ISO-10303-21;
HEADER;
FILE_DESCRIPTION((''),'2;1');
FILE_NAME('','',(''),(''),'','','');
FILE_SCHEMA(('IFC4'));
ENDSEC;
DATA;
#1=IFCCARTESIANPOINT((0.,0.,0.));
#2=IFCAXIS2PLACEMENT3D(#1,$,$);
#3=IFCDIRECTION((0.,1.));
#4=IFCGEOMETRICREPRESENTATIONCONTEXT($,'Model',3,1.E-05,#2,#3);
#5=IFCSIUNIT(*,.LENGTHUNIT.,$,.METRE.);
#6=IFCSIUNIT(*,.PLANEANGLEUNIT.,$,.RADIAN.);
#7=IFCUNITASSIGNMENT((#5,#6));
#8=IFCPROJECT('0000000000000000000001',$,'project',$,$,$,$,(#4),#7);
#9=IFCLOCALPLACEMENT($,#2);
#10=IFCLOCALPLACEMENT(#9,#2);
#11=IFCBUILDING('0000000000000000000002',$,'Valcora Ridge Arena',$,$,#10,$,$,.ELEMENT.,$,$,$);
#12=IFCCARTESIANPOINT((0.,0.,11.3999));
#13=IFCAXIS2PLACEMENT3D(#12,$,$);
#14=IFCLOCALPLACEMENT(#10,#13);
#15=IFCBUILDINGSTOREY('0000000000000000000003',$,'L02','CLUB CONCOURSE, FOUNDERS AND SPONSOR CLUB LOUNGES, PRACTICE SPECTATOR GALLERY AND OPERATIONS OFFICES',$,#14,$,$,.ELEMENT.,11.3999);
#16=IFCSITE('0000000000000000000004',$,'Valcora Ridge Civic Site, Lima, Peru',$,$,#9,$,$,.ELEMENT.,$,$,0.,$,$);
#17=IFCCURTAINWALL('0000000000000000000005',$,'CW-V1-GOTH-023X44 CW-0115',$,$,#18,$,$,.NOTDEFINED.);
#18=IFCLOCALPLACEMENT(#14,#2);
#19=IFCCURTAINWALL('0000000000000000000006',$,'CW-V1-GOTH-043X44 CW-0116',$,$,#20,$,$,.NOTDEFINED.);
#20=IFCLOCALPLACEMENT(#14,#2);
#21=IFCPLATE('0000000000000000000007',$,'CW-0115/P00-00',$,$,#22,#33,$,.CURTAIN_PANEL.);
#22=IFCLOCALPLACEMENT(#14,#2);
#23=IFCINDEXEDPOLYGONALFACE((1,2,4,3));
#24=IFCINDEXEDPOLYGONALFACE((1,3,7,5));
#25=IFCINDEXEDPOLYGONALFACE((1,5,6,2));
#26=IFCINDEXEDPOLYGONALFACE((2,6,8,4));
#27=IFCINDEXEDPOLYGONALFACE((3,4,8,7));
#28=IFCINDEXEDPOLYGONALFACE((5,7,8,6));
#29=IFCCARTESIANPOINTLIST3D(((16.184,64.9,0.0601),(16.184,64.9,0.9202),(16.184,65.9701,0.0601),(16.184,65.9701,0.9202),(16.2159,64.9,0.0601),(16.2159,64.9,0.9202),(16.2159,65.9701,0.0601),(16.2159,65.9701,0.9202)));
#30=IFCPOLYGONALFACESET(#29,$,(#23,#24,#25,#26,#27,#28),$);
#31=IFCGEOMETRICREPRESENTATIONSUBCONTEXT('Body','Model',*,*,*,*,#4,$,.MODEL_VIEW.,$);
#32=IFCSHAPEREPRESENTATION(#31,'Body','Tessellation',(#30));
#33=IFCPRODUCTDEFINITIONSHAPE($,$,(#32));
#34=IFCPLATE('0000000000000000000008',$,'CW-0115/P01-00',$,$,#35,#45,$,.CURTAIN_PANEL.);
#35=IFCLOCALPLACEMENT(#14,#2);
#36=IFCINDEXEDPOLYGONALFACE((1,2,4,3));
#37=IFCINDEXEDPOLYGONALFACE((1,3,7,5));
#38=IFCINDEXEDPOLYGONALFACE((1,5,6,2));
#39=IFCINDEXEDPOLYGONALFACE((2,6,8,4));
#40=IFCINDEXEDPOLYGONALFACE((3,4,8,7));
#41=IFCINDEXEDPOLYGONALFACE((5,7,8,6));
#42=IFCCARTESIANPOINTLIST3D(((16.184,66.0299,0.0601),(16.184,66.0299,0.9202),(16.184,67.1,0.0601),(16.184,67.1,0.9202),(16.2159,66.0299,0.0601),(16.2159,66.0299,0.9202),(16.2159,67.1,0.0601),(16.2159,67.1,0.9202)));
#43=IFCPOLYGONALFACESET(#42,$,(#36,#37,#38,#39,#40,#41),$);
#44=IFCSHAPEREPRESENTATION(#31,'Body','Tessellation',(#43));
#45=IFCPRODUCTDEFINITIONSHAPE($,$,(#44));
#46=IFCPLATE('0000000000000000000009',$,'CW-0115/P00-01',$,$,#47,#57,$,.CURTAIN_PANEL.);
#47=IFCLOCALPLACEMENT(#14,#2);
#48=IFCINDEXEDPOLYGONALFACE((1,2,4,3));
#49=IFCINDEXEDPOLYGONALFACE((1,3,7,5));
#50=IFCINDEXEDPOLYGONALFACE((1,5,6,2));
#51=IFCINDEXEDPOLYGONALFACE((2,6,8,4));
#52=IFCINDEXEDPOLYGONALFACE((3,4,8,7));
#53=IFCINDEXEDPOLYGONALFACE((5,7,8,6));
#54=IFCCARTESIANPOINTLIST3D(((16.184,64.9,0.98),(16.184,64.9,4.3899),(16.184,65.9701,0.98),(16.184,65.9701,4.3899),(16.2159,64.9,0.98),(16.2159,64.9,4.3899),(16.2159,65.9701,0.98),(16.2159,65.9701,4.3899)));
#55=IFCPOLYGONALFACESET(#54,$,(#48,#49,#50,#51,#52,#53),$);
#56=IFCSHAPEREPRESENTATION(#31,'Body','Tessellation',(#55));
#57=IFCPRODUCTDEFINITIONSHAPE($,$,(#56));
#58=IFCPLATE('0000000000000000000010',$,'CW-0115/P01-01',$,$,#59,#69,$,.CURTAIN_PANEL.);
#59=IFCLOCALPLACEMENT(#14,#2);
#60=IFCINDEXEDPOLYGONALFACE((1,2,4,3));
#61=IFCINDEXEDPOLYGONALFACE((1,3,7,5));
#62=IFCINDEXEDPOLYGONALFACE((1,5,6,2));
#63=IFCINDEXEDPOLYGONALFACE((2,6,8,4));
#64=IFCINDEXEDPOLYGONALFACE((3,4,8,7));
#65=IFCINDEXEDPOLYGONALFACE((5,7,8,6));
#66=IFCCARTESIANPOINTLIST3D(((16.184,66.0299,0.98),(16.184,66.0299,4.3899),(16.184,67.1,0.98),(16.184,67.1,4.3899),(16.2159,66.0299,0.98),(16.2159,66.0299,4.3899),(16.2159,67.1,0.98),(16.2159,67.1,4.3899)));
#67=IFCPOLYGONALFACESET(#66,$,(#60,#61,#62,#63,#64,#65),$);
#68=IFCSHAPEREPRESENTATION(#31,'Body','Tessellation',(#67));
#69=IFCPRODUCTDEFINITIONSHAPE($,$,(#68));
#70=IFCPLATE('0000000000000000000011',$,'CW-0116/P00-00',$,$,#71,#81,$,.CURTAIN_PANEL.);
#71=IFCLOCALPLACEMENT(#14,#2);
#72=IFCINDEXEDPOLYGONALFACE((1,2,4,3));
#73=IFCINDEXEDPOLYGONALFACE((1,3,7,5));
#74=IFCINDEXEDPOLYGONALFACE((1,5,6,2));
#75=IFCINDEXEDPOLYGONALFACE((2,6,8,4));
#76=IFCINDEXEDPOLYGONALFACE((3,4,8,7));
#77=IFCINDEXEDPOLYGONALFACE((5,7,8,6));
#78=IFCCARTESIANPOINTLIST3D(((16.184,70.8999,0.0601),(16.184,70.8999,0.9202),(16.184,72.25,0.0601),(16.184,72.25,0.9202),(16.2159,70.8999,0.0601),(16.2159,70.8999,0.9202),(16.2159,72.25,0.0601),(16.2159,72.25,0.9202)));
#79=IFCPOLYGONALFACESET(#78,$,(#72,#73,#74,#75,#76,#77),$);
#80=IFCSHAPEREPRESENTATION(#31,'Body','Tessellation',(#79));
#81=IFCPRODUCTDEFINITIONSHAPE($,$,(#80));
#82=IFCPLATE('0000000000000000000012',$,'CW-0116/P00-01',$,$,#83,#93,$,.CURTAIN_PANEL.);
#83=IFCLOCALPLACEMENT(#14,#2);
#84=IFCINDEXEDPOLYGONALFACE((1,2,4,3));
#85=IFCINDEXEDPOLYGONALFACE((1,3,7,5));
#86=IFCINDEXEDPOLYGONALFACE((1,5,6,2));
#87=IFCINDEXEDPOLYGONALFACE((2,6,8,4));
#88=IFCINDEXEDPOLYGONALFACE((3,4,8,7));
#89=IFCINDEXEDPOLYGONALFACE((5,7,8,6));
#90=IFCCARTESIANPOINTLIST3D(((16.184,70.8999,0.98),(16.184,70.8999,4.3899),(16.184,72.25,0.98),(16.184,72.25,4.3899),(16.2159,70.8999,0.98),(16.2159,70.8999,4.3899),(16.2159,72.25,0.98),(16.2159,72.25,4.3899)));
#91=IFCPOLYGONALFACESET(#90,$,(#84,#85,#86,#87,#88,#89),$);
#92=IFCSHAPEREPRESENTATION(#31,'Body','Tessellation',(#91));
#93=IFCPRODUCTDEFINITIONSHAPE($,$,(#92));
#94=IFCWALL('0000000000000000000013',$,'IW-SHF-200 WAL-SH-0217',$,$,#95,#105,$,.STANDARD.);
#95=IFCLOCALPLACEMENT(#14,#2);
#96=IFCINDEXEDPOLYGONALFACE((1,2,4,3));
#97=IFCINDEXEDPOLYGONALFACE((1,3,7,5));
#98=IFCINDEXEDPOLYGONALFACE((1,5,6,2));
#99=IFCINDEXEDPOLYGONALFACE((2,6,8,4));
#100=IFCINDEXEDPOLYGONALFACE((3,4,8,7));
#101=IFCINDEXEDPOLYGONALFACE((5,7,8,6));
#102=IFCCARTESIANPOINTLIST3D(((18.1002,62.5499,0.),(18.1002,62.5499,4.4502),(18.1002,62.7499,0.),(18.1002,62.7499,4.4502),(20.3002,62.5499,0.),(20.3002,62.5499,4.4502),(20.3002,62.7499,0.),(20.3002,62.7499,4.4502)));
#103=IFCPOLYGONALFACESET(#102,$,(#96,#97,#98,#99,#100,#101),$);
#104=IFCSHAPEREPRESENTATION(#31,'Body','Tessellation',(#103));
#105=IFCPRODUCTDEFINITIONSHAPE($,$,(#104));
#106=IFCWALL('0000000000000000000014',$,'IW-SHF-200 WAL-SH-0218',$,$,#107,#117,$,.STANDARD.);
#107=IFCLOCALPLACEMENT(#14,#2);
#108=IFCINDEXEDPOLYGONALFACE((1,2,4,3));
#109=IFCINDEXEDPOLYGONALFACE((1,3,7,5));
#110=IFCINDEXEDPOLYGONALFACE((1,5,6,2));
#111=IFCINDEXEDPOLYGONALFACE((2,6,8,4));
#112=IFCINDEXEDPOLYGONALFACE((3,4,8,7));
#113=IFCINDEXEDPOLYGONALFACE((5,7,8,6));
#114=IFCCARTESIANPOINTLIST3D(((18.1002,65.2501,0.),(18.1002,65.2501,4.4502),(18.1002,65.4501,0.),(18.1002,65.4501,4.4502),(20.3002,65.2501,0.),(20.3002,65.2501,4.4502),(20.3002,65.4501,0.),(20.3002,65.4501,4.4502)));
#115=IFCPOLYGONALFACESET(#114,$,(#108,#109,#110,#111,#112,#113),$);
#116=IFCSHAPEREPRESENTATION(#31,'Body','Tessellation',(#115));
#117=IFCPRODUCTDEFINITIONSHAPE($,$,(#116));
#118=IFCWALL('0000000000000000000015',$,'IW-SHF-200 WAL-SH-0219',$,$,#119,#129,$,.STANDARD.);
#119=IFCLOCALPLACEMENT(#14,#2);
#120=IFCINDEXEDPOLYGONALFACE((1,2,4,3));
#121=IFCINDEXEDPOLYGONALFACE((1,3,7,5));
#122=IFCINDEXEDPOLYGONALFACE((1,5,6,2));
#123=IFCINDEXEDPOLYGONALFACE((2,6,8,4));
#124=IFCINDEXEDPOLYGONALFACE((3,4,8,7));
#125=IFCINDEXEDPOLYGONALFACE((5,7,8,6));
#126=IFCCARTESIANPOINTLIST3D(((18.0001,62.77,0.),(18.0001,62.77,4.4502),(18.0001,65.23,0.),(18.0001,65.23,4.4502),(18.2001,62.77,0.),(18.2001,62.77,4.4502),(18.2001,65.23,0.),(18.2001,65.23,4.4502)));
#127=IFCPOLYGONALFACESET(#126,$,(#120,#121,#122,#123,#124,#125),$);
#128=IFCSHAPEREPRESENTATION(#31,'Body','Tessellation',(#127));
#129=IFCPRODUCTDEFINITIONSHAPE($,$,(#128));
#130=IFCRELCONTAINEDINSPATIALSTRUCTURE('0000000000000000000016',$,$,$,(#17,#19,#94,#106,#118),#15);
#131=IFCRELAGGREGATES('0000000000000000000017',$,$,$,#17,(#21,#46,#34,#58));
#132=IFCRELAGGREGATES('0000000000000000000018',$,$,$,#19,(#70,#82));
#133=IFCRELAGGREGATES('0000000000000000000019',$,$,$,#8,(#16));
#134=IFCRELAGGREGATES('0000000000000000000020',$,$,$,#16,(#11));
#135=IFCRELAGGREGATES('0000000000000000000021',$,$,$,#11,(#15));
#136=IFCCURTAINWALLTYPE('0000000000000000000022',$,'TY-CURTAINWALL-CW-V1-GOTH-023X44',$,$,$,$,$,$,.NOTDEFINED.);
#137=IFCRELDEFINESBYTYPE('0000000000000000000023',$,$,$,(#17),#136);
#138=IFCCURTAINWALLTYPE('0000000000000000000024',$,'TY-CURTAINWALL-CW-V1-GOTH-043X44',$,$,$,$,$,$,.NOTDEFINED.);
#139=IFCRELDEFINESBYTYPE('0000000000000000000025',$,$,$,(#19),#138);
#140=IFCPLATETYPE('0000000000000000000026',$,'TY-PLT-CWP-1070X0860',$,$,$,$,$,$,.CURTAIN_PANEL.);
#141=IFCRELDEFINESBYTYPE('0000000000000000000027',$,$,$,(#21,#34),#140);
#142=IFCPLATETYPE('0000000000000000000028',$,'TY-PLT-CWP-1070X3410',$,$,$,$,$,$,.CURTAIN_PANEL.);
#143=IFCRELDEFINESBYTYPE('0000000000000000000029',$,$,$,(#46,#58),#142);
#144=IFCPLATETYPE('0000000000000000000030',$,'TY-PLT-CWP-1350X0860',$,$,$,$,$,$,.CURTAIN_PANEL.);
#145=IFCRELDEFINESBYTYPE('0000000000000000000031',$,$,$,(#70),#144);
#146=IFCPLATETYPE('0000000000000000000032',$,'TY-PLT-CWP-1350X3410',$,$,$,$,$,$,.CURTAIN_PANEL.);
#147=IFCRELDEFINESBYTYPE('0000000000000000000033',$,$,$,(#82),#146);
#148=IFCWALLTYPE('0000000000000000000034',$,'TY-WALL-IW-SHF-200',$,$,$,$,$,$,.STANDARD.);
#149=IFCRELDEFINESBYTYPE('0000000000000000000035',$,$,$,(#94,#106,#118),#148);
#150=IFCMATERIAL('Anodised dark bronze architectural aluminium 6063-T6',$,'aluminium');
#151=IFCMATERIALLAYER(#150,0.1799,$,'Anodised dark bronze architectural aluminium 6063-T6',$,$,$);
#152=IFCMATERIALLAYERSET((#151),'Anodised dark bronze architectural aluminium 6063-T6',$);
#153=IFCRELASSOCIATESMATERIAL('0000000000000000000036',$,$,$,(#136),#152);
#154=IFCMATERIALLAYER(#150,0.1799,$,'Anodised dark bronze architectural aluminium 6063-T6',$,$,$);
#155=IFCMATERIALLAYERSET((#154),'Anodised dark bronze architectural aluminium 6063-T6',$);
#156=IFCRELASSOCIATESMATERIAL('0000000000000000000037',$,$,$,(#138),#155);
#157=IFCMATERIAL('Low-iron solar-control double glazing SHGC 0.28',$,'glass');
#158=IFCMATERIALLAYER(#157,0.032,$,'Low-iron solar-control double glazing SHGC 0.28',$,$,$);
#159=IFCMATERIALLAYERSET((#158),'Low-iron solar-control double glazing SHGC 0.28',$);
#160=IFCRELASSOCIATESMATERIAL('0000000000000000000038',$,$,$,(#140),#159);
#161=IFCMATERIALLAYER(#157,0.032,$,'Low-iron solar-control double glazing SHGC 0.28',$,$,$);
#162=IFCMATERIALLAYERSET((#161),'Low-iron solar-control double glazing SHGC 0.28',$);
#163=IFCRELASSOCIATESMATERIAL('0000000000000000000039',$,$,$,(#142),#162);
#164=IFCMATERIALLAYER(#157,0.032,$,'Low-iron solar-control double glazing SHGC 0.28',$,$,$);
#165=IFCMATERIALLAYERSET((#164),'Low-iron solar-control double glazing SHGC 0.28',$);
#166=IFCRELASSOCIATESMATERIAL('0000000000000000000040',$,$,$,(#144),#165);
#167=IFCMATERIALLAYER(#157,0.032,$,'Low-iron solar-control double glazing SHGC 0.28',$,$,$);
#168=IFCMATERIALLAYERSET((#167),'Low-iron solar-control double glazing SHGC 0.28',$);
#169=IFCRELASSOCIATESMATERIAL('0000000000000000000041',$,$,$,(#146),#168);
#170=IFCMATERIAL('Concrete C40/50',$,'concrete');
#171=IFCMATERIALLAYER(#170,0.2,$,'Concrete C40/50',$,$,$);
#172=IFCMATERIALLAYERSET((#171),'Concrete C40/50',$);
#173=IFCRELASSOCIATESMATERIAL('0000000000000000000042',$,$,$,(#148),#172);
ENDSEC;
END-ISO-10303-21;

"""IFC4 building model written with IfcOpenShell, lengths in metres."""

from ifc_helpers import new_model, si_unit, direction, frame, frame_2d, origin, origin_2d, place, context, subcontext, project, spatial, rectangle, extrude, material, layer, layer_set, type_object, element, aggregate, save


model = new_model("IFC4")

# Units and contexts
model_context = context("Model", 3, precision=1e-05, world=origin(), true_north=direction((0.0, 1.0)))
body_context = subcontext(model_context, "Body", "Model", "MODEL_VIEW")
ifc_project = project(units=[si_unit("LENGTHUNIT", "METRE"), si_unit("PLANEANGLEUNIT", "RADIAN")], contexts=[model_context])

# Site, building, storey
site_placement = place(None, origin())
site = spatial("IfcSite", under=ifc_project, at=site_placement, Name="Valcora Ridge Civic Site, Lima, Peru", CompositionType="ELEMENT", RefElevation=0.0)
building_placement = place(site_placement, origin())
building = spatial("IfcBuilding", under=site, at=building_placement, Name="Valcora Ridge Arena", CompositionType="ELEMENT")
storey_placement = place(building_placement, frame((0.0, 0.0, 11.3999)))
storey = spatial("IfcBuildingStorey", under=building, at=storey_placement, Name="L02", Description="CLUB CONCOURSE, FOUNDERS AND SPONSOR CLUB LOUNGES, PRACTICE SPECTATOR GALLERY AND OPERATIONS OFFICES", CompositionType="ELEMENT", Elevation=11.3999)

# Shared definitions
ifc_material_1 = material(Name="Concrete C40/50", Category="concrete")

# Shared definitions
ifc_material_2 = material(Name="Anodised dark bronze architectural aluminium 6063-T6", Category="aluminium")
ifc_layer_1 = layer(ifc_material_2, 0.1799, Name="Anodised dark bronze architectural aluminium 6063-T6")
ifc_layer_set_1 = layer_set([ifc_layer_1], Name="Anodised dark bronze architectural aluminium 6063-T6")
curtain_wall_type_1 = type_object("IfcCurtainWallType", Name="TY-CURTAINWALL-CW-V1-GOTH-023X44", PredefinedType="NOTDEFINED", material=ifc_layer_set_1)

# Curtain walls
curtain_wall_1_placement = place(storey_placement, origin())
curtain_wall_1 = element("IfcCurtainWall", 1, at=curtain_wall_1_placement, inside=storey, type_object=curtain_wall_type_1, Name="CW-V1-GOTH-023X44 CW-0115", PredefinedType="NOTDEFINED")
ifc_layer_2 = layer(ifc_material_2, 0.1799, Name="Anodised dark bronze architectural aluminium 6063-T6")
ifc_layer_set_2 = layer_set([ifc_layer_2], Name="Anodised dark bronze architectural aluminium 6063-T6")
curtain_wall_type_2 = type_object("IfcCurtainWallType", Name="TY-CURTAINWALL-CW-V1-GOTH-043X44", PredefinedType="NOTDEFINED", material=ifc_layer_set_2)
curtain_wall_2_placement = place(storey_placement, origin())
curtain_wall_2 = element("IfcCurtainWall", 2, at=curtain_wall_2_placement, inside=storey, type_object=curtain_wall_type_2, Name="CW-V1-GOTH-043X44 CW-0116", PredefinedType="NOTDEFINED")

# Plates
ifc_material_3 = material(Name="Low-iron solar-control double glazing SHGC 0.28", Category="glass")
ifc_layer_3 = layer(ifc_material_3, 0.032, Name="Low-iron solar-control double glazing SHGC 0.28")
ifc_layer_set_3 = layer_set([ifc_layer_3], Name="Low-iron solar-control double glazing SHGC 0.28")
plate_type_1 = type_object("IfcPlateType", Name="TY-PLT-CWP-1070X0860", PredefinedType="CURTAIN_PANEL", material=ifc_layer_set_3)
plate_1_placement = place(storey_placement, frame((16.2, 65.4351, 0.0601), z_axis=(0.0, 0.0, 1.0), x_axis=(0.0, 1.0, 0.0)))
plate_1 = element("IfcPlate", 3, at=plate_1_placement, type_object=plate_type_1, Name="CW-0115/P00-00", PredefinedType="CURTAIN_PANEL", context=body_context, shape_type="SweptSolid", body=[
    extrude(rectangle(XDim=1.0701, YDim=0.032, at=origin_2d()), origin(), (0.0, 0.0, 1.0), 0.8601),
])
plate_2_placement = place(storey_placement, frame((16.2, 66.5649, 0.0601), z_axis=(0.0, 0.0, 1.0), x_axis=(0.0, 1.0, 0.0)))
plate_2 = element("IfcPlate", 4, at=plate_2_placement, type_object=plate_type_1, Name="CW-0115/P01-00", PredefinedType="CURTAIN_PANEL", context=body_context, shape_type="SweptSolid", body=[
    extrude(rectangle(XDim=1.0701, YDim=0.032, at=origin_2d()), origin(), (0.0, 0.0, 1.0), 0.8601),
])
ifc_layer_4 = layer(ifc_material_3, 0.032, Name="Low-iron solar-control double glazing SHGC 0.28")
ifc_layer_set_4 = layer_set([ifc_layer_4], Name="Low-iron solar-control double glazing SHGC 0.28")
plate_type_2 = type_object("IfcPlateType", Name="TY-PLT-CWP-1070X3410", PredefinedType="CURTAIN_PANEL", material=ifc_layer_set_4)
plate_3_placement = place(storey_placement, frame((16.2, 65.4351, 0.98), z_axis=(0.0, 0.0, 1.0), x_axis=(0.0, 1.0, 0.0)))
plate_3 = element("IfcPlate", 5, at=plate_3_placement, type_object=plate_type_2, Name="CW-0115/P00-01", PredefinedType="CURTAIN_PANEL", context=body_context, shape_type="SweptSolid", body=[
    extrude(rectangle(XDim=1.0701, YDim=0.032, at=origin_2d()), origin(), (0.0, 0.0, 1.0), 3.4099),
])
plate_4_placement = place(storey_placement, frame((16.2, 66.5649, 0.98), z_axis=(0.0, 0.0, 1.0), x_axis=(0.0, 1.0, 0.0)))
plate_4 = element("IfcPlate", 6, at=plate_4_placement, type_object=plate_type_2, Name="CW-0115/P01-01", PredefinedType="CURTAIN_PANEL", context=body_context, shape_type="SweptSolid", body=[
    extrude(rectangle(XDim=1.0701, YDim=0.032, at=origin_2d()), origin(), (0.0, 0.0, 1.0), 3.4099),
])
aggregate(curtain_wall_1, [plate_1, plate_3, plate_2, plate_4])
ifc_layer_5 = layer(ifc_material_3, 0.032, Name="Low-iron solar-control double glazing SHGC 0.28")
ifc_layer_set_5 = layer_set([ifc_layer_5], Name="Low-iron solar-control double glazing SHGC 0.28")
plate_type_3 = type_object("IfcPlateType", Name="TY-PLT-CWP-1350X0860", PredefinedType="CURTAIN_PANEL", material=ifc_layer_set_5)
plate_5_placement = place(storey_placement, frame((16.2, 71.575, 0.0601), z_axis=(0.0, 0.0, 1.0), x_axis=(0.0, 1.0, 0.0)))
plate_5 = element("IfcPlate", 7, at=plate_5_placement, type_object=plate_type_3, Name="CW-0116/P00-00", PredefinedType="CURTAIN_PANEL", context=body_context, shape_type="SweptSolid", body=[
    extrude(rectangle(XDim=1.3501, YDim=0.032, at=origin_2d()), origin(), (0.0, 0.0, 1.0), 0.8601),
])
ifc_layer_6 = layer(ifc_material_3, 0.032, Name="Low-iron solar-control double glazing SHGC 0.28")
ifc_layer_set_6 = layer_set([ifc_layer_6], Name="Low-iron solar-control double glazing SHGC 0.28")
plate_type_4 = type_object("IfcPlateType", Name="TY-PLT-CWP-1350X3410", PredefinedType="CURTAIN_PANEL", material=ifc_layer_set_6)
plate_6_placement = place(storey_placement, frame((16.2, 71.575, 0.98), z_axis=(0.0, 0.0, 1.0), x_axis=(0.0, 1.0, 0.0)))
plate_6 = element("IfcPlate", 8, at=plate_6_placement, type_object=plate_type_4, Name="CW-0116/P00-01", PredefinedType="CURTAIN_PANEL", context=body_context, shape_type="SweptSolid", body=[
    extrude(rectangle(XDim=1.3501, YDim=0.032, at=origin_2d()), origin(), (0.0, 0.0, 1.0), 3.4099),
])
aggregate(curtain_wall_2, [plate_5, plate_6])

# Walls
ifc_layer_7 = layer(ifc_material_1, 0.2, Name="Concrete C40/50")
ifc_layer_set_7 = layer_set([ifc_layer_7], Name="Concrete C40/50")
wall_type = type_object("IfcWallType", Name="TY-WALL-IW-SHF-200", PredefinedType="STANDARD", material=ifc_layer_set_7)
for number, where, z_axis, x_axis, name in (
    (9, (18.1001, 62.6499, 0.0), (0.0, 0.0, 1.0), (1.0, 0.0, 0.0), "IW-SHF-200 WAL-SH-0217"),
    (10, (18.1001, 65.3501, 0.0), (0.0, 0.0, 1.0), (1.0, 0.0, 0.0), "IW-SHF-200 WAL-SH-0218"),
):
    element("IfcWall", number, at=place(storey_placement, frame(where, z_axis=z_axis, x_axis=x_axis)), inside=storey, type_object=wall_type, Name=name, PredefinedType="STANDARD", context=body_context, shape_type="SweptSolid", body=[
        extrude(rectangle(XDim=2.2, YDim=0.2, at=frame_2d((1.1001, 0.0))), origin(), (0.0, 0.0, 1.0), 4.4502),
    ])
wall_1_placement = place(storey_placement, frame((18.1001, 62.77, 0.0), z_axis=(0.0, 0.0, 1.0), x_axis=(0.0, 1.0, 0.0)))
element("IfcWall", 11, at=wall_1_placement, inside=storey, type_object=wall_type, Name="IW-SHF-200 WAL-SH-0219", PredefinedType="STANDARD", context=body_context, shape_type="SweptSolid", body=[
    extrude(rectangle(XDim=2.46, YDim=0.2, at=frame_2d((1.23, 0.0))), origin(), (0.0, 0.0, 1.0), 4.4502),
])

save(model, "model.ifc")
